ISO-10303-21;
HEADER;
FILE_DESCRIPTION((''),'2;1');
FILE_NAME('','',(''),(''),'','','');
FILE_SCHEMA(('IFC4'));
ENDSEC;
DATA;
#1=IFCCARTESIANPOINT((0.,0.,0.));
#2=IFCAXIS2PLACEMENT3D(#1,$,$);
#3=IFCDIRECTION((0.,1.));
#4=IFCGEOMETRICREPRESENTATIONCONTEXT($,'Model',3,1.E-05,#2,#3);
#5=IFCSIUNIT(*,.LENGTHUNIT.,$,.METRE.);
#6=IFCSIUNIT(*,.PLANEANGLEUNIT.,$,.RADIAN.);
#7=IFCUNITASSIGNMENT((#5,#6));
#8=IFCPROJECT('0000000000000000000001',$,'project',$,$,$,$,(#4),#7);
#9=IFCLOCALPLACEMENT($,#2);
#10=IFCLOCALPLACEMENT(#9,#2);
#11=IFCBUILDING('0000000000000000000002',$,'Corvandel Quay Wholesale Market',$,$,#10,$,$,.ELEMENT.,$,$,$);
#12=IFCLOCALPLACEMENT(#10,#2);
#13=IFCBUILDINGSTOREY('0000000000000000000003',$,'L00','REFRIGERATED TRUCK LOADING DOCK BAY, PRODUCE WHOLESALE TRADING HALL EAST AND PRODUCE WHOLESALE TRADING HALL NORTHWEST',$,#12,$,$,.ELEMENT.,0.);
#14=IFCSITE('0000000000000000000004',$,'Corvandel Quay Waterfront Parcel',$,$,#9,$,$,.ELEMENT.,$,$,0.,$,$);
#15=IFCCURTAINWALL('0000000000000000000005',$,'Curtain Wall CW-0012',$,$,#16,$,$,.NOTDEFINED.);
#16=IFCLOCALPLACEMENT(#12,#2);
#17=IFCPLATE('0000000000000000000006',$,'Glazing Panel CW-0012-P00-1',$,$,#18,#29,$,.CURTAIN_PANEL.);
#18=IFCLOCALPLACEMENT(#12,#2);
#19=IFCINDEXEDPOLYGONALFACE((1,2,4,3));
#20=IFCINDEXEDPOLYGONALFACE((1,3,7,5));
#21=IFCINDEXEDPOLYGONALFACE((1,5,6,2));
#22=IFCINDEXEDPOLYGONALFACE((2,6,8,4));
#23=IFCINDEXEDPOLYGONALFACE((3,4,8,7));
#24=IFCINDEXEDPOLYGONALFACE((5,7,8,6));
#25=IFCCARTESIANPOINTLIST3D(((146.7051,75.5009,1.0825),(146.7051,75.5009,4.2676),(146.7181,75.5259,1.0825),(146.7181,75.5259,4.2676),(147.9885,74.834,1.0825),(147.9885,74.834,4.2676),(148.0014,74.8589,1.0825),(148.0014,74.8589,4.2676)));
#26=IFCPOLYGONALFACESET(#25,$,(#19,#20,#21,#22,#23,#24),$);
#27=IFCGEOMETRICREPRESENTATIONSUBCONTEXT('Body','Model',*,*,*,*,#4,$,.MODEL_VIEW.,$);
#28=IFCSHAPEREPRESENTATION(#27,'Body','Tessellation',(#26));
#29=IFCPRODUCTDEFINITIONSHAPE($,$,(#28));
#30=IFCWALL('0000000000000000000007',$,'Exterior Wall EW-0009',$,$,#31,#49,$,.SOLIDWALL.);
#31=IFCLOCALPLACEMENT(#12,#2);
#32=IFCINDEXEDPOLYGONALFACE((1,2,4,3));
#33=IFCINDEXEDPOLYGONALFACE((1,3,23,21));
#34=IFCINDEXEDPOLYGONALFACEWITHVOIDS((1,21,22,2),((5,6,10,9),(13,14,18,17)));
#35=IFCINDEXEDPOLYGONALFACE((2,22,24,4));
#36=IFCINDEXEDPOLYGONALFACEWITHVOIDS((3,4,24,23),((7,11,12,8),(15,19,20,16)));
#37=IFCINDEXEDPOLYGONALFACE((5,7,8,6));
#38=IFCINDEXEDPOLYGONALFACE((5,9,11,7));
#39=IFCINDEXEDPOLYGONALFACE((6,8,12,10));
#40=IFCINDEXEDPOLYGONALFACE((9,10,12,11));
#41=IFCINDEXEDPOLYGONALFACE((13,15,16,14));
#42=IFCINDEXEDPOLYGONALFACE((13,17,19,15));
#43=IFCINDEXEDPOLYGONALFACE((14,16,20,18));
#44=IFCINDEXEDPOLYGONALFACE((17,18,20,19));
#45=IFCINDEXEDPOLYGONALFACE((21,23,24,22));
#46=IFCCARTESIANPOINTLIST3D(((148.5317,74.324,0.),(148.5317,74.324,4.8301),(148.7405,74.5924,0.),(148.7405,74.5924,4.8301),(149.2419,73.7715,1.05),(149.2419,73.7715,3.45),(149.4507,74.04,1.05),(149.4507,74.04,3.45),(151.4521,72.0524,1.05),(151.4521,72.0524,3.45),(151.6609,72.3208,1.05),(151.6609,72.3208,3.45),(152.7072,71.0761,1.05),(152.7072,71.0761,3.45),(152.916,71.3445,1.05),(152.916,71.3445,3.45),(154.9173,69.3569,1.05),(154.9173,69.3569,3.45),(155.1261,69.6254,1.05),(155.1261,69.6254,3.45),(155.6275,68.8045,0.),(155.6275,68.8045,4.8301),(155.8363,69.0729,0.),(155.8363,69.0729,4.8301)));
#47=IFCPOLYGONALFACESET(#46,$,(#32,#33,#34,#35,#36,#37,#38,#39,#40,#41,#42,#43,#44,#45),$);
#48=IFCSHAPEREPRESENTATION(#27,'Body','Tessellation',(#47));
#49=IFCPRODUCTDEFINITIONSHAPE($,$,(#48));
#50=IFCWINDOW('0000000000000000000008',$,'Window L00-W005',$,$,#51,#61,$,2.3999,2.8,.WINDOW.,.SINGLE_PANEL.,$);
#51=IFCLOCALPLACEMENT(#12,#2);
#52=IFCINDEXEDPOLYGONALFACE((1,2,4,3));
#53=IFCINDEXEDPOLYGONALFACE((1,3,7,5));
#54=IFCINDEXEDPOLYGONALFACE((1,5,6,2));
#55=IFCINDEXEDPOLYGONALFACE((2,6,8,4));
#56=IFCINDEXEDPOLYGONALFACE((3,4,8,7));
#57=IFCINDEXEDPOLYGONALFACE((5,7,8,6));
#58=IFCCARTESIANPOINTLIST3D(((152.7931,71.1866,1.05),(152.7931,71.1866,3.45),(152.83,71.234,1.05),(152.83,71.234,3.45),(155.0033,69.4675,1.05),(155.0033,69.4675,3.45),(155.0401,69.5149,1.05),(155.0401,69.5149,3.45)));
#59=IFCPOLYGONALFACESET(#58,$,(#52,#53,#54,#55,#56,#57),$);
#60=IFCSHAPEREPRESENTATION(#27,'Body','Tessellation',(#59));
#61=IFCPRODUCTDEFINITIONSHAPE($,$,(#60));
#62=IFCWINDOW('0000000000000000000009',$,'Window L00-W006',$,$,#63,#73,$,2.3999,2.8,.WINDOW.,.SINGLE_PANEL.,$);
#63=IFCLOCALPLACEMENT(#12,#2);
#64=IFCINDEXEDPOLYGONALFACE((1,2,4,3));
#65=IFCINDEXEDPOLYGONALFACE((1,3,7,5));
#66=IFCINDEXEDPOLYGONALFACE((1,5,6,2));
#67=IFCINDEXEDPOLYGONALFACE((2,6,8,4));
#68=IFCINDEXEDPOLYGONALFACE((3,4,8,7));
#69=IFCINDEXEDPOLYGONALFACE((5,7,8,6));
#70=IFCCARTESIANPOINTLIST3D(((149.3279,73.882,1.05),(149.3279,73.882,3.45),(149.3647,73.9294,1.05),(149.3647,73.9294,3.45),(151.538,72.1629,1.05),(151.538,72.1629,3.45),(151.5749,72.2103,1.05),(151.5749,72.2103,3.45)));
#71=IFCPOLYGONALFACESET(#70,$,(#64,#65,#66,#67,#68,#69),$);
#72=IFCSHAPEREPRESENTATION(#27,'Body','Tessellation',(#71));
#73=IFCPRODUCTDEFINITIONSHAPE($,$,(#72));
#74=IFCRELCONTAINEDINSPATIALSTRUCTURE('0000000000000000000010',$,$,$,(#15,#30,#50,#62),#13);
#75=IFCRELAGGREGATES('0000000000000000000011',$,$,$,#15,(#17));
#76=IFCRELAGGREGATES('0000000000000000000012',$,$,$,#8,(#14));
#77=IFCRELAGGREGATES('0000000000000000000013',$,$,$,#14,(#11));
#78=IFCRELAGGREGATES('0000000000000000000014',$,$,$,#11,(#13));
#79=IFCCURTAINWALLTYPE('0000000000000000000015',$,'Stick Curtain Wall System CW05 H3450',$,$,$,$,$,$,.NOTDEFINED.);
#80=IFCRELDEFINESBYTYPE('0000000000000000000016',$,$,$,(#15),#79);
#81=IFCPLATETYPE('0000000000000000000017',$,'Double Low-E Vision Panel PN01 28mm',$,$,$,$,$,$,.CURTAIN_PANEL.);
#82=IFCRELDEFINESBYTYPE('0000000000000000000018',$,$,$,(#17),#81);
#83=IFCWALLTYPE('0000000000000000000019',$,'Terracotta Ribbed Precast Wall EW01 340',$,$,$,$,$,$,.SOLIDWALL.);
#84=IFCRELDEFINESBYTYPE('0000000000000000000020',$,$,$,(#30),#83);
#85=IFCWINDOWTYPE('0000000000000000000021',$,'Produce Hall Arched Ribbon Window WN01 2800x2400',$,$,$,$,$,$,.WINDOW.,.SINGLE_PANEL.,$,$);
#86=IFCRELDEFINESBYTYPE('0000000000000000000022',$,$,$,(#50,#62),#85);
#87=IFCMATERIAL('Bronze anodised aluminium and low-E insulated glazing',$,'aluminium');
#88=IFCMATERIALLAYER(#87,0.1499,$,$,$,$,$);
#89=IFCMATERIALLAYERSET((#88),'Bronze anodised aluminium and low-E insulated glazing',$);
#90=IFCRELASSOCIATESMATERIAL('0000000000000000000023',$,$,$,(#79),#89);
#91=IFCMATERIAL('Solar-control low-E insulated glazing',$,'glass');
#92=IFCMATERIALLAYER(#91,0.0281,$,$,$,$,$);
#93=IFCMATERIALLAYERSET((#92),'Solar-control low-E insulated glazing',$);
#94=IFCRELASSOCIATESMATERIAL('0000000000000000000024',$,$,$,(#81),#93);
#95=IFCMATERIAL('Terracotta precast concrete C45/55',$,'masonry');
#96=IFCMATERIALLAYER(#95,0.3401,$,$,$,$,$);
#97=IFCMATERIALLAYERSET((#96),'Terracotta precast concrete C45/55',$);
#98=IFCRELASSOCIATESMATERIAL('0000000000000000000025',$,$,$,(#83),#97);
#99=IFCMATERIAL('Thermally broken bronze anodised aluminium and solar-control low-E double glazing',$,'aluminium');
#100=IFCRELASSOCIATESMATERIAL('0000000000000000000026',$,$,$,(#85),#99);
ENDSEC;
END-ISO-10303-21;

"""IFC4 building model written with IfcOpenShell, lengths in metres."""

from ifc_helpers import new_model, si_unit, direction, frame, frame_2d, origin, origin_2d, place, context, subcontext, project, spatial, rectangle, extrude, material, layer, layer_set, type_object, element, fill, aggregate, save


model = new_model("IFC4")

# Units and contexts
model_context = context("Model", 3, precision=1e-05, world=origin(), true_north=direction((0.0, 1.0)))
body_context = subcontext(model_context, "Body", "Model", "MODEL_VIEW")
ifc_project = project(units=[si_unit("LENGTHUNIT", "METRE"), si_unit("PLANEANGLEUNIT", "RADIAN")], contexts=[model_context])

# Site, building, storey
site_placement = place(None, origin())
site = spatial("IfcSite", under=ifc_project, at=site_placement, Name="Corvandel Quay Waterfront Parcel", CompositionType="ELEMENT", RefElevation=0.0)
building_placement = place(site_placement, origin())
building = spatial("IfcBuilding", under=site, at=building_placement, Name="Corvandel Quay Wholesale Market", CompositionType="ELEMENT")
storey_placement = place(building_placement, origin())
storey = spatial("IfcBuildingStorey", under=building, at=storey_placement, Name="L00", Description="REFRIGERATED TRUCK LOADING DOCK BAY, PRODUCE WHOLESALE TRADING HALL EAST AND PRODUCE WHOLESALE TRADING HALL NORTHWEST", CompositionType="ELEMENT", Elevation=0.0)

# Curtain wall, plate
ifc_material_1 = material(Name="Bronze anodised aluminium and low-E insulated glazing", Category="aluminium")
ifc_layer_1 = layer(ifc_material_1, 0.1499)
ifc_layer_set_1 = layer_set([ifc_layer_1], Name="Bronze anodised aluminium and low-E insulated glazing")
curtain_wall_type = type_object("IfcCurtainWallType", Name="Stick Curtain Wall System CW05 H3450", PredefinedType="NOTDEFINED", material=ifc_layer_set_1)
curtain_wall_placement = place(storey_placement, origin())
curtain_wall = element("IfcCurtainWall", 1, at=curtain_wall_placement, inside=storey, type_object=curtain_wall_type, Name="Curtain Wall CW-0012", PredefinedType="NOTDEFINED")
ifc_material_2 = material(Name="Solar-control low-E insulated glazing", Category="glass")
ifc_layer_2 = layer(ifc_material_2, 0.0281)
ifc_layer_set_2 = layer_set([ifc_layer_2], Name="Solar-control low-E insulated glazing")
plate_type_1 = type_object("IfcPlateType", Name="Double Low-E Vision Panel PN01 28mm", PredefinedType="CURTAIN_PANEL", material=ifc_layer_set_2)
plate_1_placement = place(storey_placement, frame((147.3533, 75.1799, 1.0825), z_axis=(0.0, 0.0, 1.0), x_axis=(-0.887333, 0.461129, 0.0)))
plate_1 = element("IfcPlate", 2, at=plate_1_placement, type_object=plate_type_1, Name="Glazing Panel CW-0012-P00-1", PredefinedType="CURTAIN_PANEL", context=body_context, shape_type="SweptSolid", body=[
    extrude(rectangle(XDim=1.4463, YDim=0.0281, at=origin_2d()), origin(), (0.0, 0.0, 1.0), 3.1851),
])
aggregate(curtain_wall, [plate_1])

# Wall, openings, windows
ifc_material_3 = material(Name="Terracotta precast concrete C45/55", Category="masonry")
ifc_layer_3 = layer(ifc_material_3, 0.3401)
ifc_layer_set_3 = layer_set([ifc_layer_3], Name="Terracotta precast concrete C45/55")
wall_type = type_object("IfcWallType", Name="Terracotta Ribbed Precast Wall EW01 340", PredefinedType="SOLIDWALL", material=ifc_layer_set_3)
wall_placement = place(storey_placement, frame((155.7319, 68.9387, 0.0), z_axis=(0.0, 0.0, 1.0), x_axis=(-0.789327, 0.613973, 0.0)))
wall = element("IfcWall", 3, at=wall_placement, inside=storey, type_object=wall_type, Name="Exterior Wall EW-0009", PredefinedType="SOLIDWALL", context=body_context, shape_type="SweptSolid", body=[
    extrude(rectangle(XDim=8.9897, YDim=0.3401, at=frame_2d((4.4949, 0.0))), origin(), (0.0, 0.0, 1.0), 4.8301),
])
opening_1_placement = place(wall_placement, frame((0.8999, 0.0, 1.05)))
opening_1 = element("IfcOpeningElement", 4, at=opening_1_placement, cuts=wall, PredefinedType="OPENING", context=body_context, shape_type="SweptSolid", body=[
    extrude(rectangle(XDim=2.8, YDim=2.3999, at=frame_2d((1.3999, 1.2))), frame((0.0, 0.1799, 0.0), z_axis=(0.0, -1.0, 0.0), x_axis=(1.0, 0.0, 0.0)), (0.0, 0.0, 1.0), 0.3601),
])
opening_2_placement = place(wall_placement, frame((5.29, 0.0, 1.05)))
opening_2 = element("IfcOpeningElement", 5, at=opening_2_placement, cuts=wall, PredefinedType="OPENING", context=body_context, shape_type="SweptSolid", body=[
    extrude(rectangle(XDim=2.8, YDim=2.3999, at=frame_2d((1.3999, 1.2))), frame((0.0, 0.1799, 0.0), z_axis=(0.0, -1.0, 0.0), x_axis=(1.0, 0.0, 0.0)), (0.0, 0.0, 1.0), 0.3601),
])
ifc_material_4 = material(Name="Thermally broken bronze anodised aluminium and solar-control low-E double glazing", Category="aluminium")
window_type = type_object("IfcWindowType", Name="Produce Hall Arched Ribbon Window WN01 2800x2400", PartitioningType="SINGLE_PANEL", PredefinedType="WINDOW", material=ifc_material_4)
window_1_placement = place(opening_1_placement, origin())
window_1 = element("IfcWindow", 6, at=window_1_placement, inside=storey, type_object=window_type, Name="Window L00-W005", OverallHeight=2.3999, OverallWidth=2.8, PartitioningType="SINGLE_PANEL", PredefinedType="WINDOW", context=body_context, shape_type="SweptSolid", body=[
    extrude(rectangle(XDim=2.8, YDim=2.3999, at=frame_2d((1.3999, 1.2))), frame((0.0, 0.03, 0.0), z_axis=(0.0, -1.0, 0.0), x_axis=(1.0, 0.0, 0.0)), (0.0, 0.0, 1.0), 0.0601),
])
fill(opening_1, window_1)
window_2_placement = place(opening_2_placement, origin())
window_2 = element("IfcWindow", 7, at=window_2_placement, inside=storey, type_object=window_type, Name="Window L00-W006", OverallHeight=2.3999, OverallWidth=2.8, PartitioningType="SINGLE_PANEL", PredefinedType="WINDOW", context=body_context, shape_type="SweptSolid", body=[
    extrude(rectangle(XDim=2.8, YDim=2.3999, at=frame_2d((1.3999, 1.2))), frame((0.0, 0.03, 0.0), z_axis=(0.0, -1.0, 0.0), x_axis=(1.0, 0.0, 0.0)), (0.0, 0.0, 1.0), 0.0601),
])
fill(opening_2, window_2)

save(model, "model.ifc")
